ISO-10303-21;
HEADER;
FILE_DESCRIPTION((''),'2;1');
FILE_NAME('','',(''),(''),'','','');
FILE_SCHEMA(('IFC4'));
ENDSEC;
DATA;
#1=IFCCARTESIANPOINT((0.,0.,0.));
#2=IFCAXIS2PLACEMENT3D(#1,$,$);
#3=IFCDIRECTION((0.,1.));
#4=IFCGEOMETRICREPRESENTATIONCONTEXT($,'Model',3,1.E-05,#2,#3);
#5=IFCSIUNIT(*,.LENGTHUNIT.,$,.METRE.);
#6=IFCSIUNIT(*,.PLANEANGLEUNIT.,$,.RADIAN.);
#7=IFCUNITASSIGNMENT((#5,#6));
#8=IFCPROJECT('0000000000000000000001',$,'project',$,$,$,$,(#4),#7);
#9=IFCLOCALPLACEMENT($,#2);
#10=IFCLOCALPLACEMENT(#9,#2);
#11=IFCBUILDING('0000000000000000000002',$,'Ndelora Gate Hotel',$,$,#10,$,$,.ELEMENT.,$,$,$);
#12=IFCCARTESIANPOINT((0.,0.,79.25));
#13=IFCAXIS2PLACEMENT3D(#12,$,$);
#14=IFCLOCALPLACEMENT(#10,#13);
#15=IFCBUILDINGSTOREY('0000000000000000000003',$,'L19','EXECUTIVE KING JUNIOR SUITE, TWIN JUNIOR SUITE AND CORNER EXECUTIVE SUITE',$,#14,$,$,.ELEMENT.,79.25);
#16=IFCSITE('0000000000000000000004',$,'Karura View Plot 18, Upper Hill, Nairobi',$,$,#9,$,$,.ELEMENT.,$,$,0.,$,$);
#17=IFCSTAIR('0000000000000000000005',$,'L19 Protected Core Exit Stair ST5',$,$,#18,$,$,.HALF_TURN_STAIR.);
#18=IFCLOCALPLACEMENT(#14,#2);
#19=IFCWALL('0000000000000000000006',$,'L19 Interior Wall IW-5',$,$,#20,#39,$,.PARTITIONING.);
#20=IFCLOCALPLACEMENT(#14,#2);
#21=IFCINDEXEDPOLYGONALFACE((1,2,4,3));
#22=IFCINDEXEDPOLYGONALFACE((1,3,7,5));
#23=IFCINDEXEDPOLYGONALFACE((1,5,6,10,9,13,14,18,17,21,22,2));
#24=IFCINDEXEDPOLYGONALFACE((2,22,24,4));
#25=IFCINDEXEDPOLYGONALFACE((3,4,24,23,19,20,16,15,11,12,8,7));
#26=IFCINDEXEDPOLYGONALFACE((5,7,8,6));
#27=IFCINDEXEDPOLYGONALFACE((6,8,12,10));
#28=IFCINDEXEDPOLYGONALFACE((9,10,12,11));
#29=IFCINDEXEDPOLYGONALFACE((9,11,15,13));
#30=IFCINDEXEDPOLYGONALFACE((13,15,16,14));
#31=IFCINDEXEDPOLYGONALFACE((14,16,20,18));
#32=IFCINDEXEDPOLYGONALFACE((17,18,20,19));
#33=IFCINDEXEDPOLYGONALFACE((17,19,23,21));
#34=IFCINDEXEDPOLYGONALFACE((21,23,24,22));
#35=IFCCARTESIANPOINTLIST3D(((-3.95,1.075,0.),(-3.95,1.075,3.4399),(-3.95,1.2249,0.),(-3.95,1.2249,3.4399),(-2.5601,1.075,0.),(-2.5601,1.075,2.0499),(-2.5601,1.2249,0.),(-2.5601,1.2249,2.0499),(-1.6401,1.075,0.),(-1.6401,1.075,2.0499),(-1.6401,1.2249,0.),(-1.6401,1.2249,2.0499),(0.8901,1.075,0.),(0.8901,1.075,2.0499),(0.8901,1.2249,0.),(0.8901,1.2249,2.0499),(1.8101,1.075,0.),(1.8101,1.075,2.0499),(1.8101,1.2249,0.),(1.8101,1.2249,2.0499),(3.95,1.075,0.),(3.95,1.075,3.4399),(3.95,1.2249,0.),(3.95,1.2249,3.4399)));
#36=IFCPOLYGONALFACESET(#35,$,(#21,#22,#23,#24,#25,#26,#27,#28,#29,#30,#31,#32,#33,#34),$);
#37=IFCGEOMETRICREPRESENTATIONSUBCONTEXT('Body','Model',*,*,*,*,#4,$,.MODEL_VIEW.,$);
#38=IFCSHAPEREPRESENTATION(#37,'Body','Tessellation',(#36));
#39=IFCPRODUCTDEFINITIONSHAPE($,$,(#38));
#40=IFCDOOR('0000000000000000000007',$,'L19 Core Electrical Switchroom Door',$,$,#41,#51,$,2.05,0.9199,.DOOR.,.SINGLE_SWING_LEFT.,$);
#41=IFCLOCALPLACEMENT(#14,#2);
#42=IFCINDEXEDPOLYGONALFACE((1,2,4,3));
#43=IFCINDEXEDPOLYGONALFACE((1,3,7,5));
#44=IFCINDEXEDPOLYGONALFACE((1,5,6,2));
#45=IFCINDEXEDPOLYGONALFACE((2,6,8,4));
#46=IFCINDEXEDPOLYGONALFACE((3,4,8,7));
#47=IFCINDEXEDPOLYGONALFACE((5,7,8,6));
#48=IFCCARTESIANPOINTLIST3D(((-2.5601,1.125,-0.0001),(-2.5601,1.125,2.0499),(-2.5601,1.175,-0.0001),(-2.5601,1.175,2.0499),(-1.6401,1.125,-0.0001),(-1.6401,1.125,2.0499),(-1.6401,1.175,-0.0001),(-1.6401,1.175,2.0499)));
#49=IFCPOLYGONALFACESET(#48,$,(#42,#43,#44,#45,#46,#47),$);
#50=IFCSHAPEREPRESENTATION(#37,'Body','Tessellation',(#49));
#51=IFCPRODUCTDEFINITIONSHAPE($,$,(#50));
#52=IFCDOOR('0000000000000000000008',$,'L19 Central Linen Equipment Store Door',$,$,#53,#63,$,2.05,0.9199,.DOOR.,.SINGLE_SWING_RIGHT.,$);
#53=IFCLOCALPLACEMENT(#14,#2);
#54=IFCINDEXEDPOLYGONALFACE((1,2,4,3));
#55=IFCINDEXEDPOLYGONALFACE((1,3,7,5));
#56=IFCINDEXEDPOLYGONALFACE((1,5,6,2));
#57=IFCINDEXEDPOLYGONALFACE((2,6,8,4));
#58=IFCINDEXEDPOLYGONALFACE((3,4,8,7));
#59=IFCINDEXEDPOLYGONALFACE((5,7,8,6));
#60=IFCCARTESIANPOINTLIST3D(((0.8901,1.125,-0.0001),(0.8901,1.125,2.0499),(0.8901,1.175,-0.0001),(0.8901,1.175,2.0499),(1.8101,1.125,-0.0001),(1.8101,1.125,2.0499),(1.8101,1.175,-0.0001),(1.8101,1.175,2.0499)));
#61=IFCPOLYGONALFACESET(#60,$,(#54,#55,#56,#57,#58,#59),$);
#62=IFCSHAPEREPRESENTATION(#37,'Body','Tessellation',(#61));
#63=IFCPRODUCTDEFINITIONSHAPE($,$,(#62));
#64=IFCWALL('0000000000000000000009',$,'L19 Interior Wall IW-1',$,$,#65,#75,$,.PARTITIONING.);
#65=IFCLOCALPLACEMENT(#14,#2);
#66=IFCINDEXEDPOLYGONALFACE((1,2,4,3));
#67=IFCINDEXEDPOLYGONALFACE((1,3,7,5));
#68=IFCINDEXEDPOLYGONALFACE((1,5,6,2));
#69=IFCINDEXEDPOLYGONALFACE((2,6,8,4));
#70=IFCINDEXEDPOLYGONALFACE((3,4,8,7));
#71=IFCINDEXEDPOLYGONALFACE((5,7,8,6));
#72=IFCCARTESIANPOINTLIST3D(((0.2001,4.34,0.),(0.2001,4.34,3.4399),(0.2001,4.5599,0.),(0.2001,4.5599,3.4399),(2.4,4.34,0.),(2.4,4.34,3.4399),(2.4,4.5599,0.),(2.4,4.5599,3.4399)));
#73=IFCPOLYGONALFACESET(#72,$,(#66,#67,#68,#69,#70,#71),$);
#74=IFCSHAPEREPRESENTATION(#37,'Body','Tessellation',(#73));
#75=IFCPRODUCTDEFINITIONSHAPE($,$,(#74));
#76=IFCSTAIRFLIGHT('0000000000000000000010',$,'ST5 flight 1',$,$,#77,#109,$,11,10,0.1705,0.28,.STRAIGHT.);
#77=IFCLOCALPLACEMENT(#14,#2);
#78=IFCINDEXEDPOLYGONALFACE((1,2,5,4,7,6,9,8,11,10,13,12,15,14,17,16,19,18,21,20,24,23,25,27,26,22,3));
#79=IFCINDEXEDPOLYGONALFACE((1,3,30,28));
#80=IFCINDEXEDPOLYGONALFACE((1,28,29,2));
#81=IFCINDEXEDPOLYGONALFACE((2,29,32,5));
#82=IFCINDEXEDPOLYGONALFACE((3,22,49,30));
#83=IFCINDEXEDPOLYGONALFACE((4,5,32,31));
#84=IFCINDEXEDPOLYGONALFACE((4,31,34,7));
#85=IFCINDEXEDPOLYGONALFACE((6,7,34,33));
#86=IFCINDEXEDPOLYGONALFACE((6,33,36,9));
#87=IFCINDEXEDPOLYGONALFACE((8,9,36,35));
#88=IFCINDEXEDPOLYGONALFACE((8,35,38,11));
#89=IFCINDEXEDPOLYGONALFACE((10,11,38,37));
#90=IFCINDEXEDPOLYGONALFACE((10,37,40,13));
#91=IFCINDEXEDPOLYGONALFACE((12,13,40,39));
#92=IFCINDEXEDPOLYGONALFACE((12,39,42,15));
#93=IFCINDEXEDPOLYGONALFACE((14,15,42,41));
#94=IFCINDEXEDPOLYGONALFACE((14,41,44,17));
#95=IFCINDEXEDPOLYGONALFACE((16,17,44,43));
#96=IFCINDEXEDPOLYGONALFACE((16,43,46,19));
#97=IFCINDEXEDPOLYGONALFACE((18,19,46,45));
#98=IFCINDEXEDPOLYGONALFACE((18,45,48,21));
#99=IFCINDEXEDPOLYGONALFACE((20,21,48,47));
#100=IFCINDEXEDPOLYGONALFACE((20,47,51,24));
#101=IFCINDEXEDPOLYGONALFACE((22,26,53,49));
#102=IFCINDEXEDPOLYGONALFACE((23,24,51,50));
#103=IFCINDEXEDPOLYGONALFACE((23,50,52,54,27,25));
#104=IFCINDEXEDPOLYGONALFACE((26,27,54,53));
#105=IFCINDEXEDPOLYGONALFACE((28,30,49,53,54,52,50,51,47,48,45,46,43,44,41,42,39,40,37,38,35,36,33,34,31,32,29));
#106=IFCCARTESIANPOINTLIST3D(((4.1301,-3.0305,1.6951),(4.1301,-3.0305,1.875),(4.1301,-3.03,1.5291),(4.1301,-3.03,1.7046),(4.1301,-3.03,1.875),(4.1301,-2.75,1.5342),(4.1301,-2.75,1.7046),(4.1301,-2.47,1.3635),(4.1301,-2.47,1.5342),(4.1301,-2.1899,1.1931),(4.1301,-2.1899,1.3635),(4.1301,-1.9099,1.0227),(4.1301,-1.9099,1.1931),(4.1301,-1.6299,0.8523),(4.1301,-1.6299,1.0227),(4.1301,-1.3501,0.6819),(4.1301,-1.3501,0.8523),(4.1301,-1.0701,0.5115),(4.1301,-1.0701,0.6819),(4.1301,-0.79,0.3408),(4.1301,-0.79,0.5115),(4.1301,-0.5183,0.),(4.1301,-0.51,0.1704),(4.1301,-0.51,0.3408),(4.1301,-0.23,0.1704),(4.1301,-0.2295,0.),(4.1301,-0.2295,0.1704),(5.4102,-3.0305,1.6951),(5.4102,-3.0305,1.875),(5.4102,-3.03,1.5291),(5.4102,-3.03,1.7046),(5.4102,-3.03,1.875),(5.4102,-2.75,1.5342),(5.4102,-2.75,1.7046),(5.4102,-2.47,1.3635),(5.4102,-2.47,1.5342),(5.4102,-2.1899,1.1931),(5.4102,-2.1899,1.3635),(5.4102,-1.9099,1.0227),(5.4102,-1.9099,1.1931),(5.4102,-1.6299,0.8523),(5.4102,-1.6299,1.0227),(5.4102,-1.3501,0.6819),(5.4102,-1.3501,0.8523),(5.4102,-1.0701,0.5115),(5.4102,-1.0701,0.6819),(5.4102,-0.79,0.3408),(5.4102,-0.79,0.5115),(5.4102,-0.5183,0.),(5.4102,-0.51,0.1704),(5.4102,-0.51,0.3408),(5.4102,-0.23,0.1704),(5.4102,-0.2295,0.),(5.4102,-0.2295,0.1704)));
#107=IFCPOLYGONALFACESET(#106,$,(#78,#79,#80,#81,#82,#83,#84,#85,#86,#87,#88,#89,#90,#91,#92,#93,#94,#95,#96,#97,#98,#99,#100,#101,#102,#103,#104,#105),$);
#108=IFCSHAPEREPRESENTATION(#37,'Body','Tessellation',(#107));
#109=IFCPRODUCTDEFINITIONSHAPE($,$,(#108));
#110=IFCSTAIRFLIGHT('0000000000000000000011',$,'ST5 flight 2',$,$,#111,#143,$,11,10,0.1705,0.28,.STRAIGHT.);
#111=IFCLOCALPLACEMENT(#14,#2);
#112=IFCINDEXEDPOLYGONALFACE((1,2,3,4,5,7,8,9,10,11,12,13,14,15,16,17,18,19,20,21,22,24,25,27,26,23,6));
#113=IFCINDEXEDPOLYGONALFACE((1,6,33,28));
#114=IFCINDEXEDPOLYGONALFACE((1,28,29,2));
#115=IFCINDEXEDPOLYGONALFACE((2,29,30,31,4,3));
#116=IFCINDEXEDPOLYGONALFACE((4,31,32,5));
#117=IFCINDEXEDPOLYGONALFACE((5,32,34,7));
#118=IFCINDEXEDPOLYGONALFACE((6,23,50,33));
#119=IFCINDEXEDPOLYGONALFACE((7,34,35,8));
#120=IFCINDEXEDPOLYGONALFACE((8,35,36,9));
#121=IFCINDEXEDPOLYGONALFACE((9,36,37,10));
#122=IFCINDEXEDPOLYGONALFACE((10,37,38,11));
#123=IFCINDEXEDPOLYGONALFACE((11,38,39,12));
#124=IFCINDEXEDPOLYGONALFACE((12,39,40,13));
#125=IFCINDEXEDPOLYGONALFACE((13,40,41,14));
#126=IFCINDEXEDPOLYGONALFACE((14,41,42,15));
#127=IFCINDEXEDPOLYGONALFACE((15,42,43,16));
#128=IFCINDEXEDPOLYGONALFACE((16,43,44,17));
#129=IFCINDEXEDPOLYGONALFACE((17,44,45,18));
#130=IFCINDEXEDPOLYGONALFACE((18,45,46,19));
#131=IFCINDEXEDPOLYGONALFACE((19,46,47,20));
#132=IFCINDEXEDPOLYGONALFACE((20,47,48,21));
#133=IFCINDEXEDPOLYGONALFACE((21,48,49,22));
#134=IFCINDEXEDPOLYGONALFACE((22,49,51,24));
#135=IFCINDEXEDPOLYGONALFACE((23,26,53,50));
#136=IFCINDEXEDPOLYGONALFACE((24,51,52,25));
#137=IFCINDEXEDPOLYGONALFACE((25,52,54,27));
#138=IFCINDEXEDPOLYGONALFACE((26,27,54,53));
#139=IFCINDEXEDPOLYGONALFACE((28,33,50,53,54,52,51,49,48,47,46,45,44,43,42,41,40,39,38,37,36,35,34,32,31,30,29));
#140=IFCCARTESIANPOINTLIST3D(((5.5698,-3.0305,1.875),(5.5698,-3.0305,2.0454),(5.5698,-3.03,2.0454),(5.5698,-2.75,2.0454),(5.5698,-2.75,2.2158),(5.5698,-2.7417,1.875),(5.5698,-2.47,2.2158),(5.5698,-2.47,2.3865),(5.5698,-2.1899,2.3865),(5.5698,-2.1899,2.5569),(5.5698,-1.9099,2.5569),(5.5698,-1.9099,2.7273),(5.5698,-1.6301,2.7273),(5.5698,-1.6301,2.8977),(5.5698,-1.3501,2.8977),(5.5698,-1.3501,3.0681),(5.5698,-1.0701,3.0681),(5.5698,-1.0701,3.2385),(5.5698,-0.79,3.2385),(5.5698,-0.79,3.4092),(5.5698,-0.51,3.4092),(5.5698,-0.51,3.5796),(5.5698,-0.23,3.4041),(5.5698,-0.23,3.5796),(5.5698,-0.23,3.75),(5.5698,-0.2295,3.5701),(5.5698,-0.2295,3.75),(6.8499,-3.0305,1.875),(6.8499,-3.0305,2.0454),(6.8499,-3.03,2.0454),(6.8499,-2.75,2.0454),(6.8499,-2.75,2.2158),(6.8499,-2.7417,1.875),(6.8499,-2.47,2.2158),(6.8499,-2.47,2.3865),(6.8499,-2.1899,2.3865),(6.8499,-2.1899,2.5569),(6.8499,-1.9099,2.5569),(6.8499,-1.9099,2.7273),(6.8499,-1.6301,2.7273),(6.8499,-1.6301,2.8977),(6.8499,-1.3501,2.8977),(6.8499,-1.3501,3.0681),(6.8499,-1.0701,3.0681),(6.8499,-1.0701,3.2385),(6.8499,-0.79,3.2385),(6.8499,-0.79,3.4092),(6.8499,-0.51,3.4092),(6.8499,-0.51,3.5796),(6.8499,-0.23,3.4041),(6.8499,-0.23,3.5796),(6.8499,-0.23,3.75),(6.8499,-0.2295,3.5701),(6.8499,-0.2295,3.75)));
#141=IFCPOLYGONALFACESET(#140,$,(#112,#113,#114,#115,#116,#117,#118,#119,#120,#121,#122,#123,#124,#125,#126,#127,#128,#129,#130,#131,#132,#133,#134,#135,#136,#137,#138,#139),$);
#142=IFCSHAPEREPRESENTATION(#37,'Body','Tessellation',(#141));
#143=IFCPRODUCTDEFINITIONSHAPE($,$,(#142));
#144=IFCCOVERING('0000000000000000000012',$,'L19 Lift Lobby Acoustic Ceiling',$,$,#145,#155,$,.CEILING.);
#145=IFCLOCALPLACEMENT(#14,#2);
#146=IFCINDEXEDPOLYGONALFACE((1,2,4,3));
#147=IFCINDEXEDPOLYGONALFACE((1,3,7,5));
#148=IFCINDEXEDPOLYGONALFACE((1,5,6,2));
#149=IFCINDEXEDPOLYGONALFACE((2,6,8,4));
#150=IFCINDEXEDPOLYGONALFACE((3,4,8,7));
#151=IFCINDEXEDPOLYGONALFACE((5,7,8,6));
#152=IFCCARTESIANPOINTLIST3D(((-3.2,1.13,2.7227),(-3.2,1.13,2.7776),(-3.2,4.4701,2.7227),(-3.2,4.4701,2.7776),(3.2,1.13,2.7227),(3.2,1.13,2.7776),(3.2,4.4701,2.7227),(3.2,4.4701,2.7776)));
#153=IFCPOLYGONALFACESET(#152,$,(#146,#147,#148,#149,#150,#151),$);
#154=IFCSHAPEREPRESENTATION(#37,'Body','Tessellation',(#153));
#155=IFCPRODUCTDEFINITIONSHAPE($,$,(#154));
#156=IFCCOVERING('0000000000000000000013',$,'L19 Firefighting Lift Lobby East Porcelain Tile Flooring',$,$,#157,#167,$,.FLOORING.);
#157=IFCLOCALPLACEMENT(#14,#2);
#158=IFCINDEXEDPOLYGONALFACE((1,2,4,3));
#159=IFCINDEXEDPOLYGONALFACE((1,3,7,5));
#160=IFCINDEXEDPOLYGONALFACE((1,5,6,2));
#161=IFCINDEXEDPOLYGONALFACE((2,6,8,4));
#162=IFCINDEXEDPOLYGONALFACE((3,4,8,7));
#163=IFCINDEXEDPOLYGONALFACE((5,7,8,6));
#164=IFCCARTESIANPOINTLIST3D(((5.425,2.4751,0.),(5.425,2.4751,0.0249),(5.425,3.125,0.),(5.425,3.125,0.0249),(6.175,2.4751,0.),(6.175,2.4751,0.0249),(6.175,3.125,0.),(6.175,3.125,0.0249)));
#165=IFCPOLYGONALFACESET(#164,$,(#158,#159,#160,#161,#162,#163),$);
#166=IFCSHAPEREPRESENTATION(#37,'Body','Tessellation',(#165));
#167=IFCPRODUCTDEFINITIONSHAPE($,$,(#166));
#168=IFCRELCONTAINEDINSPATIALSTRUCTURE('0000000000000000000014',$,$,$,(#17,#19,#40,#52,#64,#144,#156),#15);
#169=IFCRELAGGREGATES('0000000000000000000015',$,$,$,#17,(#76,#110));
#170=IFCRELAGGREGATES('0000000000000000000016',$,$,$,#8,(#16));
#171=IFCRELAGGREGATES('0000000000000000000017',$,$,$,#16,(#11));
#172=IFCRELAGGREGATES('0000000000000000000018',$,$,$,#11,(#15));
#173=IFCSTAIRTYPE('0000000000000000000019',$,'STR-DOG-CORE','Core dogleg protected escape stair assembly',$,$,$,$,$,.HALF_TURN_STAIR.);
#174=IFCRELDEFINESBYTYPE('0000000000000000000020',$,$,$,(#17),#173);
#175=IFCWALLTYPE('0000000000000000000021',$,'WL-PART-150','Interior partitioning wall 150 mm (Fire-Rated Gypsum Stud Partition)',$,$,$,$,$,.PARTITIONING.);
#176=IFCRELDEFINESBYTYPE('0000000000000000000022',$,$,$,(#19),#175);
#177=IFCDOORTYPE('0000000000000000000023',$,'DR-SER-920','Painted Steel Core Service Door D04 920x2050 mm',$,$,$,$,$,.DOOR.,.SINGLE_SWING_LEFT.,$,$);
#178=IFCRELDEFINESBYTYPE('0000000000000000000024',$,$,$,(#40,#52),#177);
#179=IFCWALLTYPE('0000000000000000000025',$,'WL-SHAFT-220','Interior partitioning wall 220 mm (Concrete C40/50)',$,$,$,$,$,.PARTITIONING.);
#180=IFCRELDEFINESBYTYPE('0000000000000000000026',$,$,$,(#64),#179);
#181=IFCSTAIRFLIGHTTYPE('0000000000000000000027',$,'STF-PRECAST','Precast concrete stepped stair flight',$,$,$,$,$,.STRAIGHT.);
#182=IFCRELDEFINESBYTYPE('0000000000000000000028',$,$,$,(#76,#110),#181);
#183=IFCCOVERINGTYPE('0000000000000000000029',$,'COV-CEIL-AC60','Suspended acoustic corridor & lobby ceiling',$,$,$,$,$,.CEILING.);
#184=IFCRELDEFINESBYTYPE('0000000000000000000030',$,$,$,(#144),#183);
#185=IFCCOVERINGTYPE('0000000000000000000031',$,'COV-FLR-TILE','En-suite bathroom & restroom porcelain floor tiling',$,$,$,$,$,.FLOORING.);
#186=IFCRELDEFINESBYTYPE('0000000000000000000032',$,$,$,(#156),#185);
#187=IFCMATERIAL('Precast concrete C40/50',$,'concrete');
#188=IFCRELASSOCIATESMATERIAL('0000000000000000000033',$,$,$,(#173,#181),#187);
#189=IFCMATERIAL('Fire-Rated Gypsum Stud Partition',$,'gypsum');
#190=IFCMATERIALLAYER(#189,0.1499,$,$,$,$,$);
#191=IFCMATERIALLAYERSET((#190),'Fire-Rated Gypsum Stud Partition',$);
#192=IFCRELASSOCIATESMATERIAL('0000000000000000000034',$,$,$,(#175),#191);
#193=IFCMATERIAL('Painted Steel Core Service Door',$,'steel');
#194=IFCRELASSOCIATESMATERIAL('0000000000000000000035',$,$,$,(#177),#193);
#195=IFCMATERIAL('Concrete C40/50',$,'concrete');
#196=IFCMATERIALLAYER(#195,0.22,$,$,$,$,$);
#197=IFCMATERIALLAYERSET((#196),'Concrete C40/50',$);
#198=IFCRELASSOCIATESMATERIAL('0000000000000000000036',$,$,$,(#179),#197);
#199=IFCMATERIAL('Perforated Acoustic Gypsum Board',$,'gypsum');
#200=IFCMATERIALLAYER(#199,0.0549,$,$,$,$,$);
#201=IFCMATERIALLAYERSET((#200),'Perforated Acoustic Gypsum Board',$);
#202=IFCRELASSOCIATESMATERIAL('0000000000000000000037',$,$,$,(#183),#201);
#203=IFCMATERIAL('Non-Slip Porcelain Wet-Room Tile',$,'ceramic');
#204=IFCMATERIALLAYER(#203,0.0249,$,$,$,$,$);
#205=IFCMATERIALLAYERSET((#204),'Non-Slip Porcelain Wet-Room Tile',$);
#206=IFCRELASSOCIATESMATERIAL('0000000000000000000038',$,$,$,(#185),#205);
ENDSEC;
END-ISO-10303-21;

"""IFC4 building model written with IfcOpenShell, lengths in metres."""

from ifc_helpers import new_model, si_unit, direction, frame, frame_2d, origin, origin_2d, place, context, subcontext, project, spatial, polyline, rectangle, outline, extrude, material, layer, layer_set, type_object, element, fill, aggregate, save


model = new_model("IFC4")

# Units and contexts
model_context = context("Model", 3, precision=1e-05, world=origin(), true_north=direction((0.0, 1.0)))
body_context = subcontext(model_context, "Body", "Model", "MODEL_VIEW")
ifc_project = project(units=[si_unit("LENGTHUNIT", "METRE"), si_unit("PLANEANGLEUNIT", "RADIAN")], contexts=[model_context])

# Site, building, storey
site_placement = place(None, origin())
site = spatial("IfcSite", under=ifc_project, at=site_placement, Name="Karura View Plot 18, Upper Hill, Nairobi", CompositionType="ELEMENT", RefElevation=0.0)
building_placement = place(site_placement, origin())
building = spatial("IfcBuilding", under=site, at=building_placement, Name="Ndelora Gate Hotel", CompositionType="ELEMENT")
storey_placement = place(building_placement, frame((0.0, 0.0, 79.25)))
storey = spatial("IfcBuildingStorey", under=building, at=storey_placement, Name="L19", Description="EXECUTIVE KING JUNIOR SUITE, TWIN JUNIOR SUITE AND CORNER EXECUTIVE SUITE", CompositionType="ELEMENT", Elevation=79.25)

# Stair
ifc_material_1 = material(Name="Precast concrete C40/50", Category="concrete")
stair_type = type_object("IfcStairType", Name="STR-DOG-CORE", Description="Core dogleg protected escape stair assembly", PredefinedType="HALF_TURN_STAIR", material=ifc_material_1)
stair_1_placement = place(storey_placement, origin())
stair_1 = element("IfcStair", 1, at=stair_1_placement, inside=storey, type_object=stair_type, Name="L19 Protected Core Exit Stair ST5", PredefinedType="HALF_TURN_STAIR")

# Shared definitions
ifc_material_2 = material(Name="Concrete C40/50", Category="concrete")

# Wall, openings, doors
ifc_material_3 = material(Name="Fire-Rated Gypsum Stud Partition", Category="gypsum")
ifc_layer_1 = layer(ifc_material_3, 0.1499)
ifc_layer_set_1 = layer_set([ifc_layer_1], Name="Fire-Rated Gypsum Stud Partition")
wall_type_1 = type_object("IfcWallType", Name="WL-PART-150", Description="Interior partitioning wall 150 mm (Fire-Rated Gypsum Stud Partition)", PredefinedType="PARTITIONING", material=ifc_layer_set_1)
wall_1_placement = place(storey_placement, frame((3.95, 1.1499, 0.0), z_axis=(0.0, 0.0, 1.0), x_axis=(-1.0, 0.0, 0.0)))
wall_1 = element("IfcWall", 2, at=wall_1_placement, inside=storey, type_object=wall_type_1, Name="L19 Interior Wall IW-5", PredefinedType="PARTITIONING", context=body_context, shape_type="SweptSolid", body=[
    extrude(rectangle(XDim=7.8999, YDim=0.1499, at=frame_2d((3.95, 0.0))), origin(), (0.0, 0.0, 1.0), 3.4399),
])
opening_1_placement = place(wall_1_placement, frame((5.5901, 0.0, 0.0)))
opening_1 = element("IfcOpeningElement", 3, at=opening_1_placement, cuts=wall_1, PredefinedType="OPENING", context=body_context, shape_type="SweptSolid", body=[
    extrude(rectangle(XDim=0.9199, YDim=2.05, at=frame_2d((0.46, 1.0249))), frame((0.0, 0.085, 0.0), z_axis=(0.0, -1.0, 0.0), x_axis=(1.0, 0.0, 0.0)), (0.0, 0.0, 1.0), 0.1699),
])
opening_2_placement = place(wall_1_placement, frame((2.1399, 0.0, 0.0)))
opening_2 = element("IfcOpeningElement", 4, at=opening_2_placement, cuts=wall_1, PredefinedType="OPENING", context=body_context, shape_type="SweptSolid", body=[
    extrude(rectangle(XDim=0.9199, YDim=2.05, at=frame_2d((0.46, 1.0249))), frame((0.0, 0.085, 0.0), z_axis=(0.0, -1.0, 0.0), x_axis=(1.0, 0.0, 0.0)), (0.0, 0.0, 1.0), 0.1699),
])
ifc_material_4 = material(Name="Painted Steel Core Service Door", Category="steel")
door_type_1 = type_object("IfcDoorType", Name="DR-SER-920", Description="Painted Steel Core Service Door D04 920x2050 mm", OperationType="SINGLE_SWING_LEFT", PredefinedType="DOOR", material=ifc_material_4)
door_1_placement = place(opening_1_placement, origin())
door_1 = element("IfcDoor", 5, at=door_1_placement, inside=storey, type_object=door_type_1, Name="L19 Core Electrical Switchroom Door", OperationType="SINGLE_SWING_LEFT", OverallHeight=2.05, OverallWidth=0.9199, PredefinedType="DOOR", context=body_context, shape_type="SweptSolid", body=[
    extrude(rectangle(XDim=0.9199, YDim=2.05, at=frame_2d((0.46, 1.0249))), frame((0.0, 0.0249, 0.0), z_axis=(0.0, -1.0, 0.0), x_axis=(1.0, 0.0, 0.0)), (0.0, 0.0, 1.0), 0.05),
])
fill(opening_1, door_1)
door_2_placement = place(opening_2_placement, origin())
door_2 = element("IfcDoor", 6, at=door_2_placement, inside=storey, type_object=door_type_1, Name="L19 Central Linen Equipment Store Door", OperationType="SINGLE_SWING_RIGHT", OverallHeight=2.05, OverallWidth=0.9199, PredefinedType="DOOR", context=body_context, shape_type="SweptSolid", body=[
    extrude(rectangle(XDim=0.9199, YDim=2.05, at=frame_2d((0.46, 1.0249))), frame((0.0, 0.0249, 0.0), z_axis=(0.0, -1.0, 0.0), x_axis=(1.0, 0.0, 0.0)), (0.0, 0.0, 1.0), 0.05),
])
fill(opening_2, door_2)

# Wall
ifc_layer_2 = layer(ifc_material_2, 0.22)
ifc_layer_set_2 = layer_set([ifc_layer_2], Name="Concrete C40/50")
wall_type_2 = type_object("IfcWallType", Name="WL-SHAFT-220", Description="Interior partitioning wall 220 mm (Concrete C40/50)", PredefinedType="PARTITIONING", material=ifc_layer_set_2)
wall_2_placement = place(storey_placement, frame((0.2, 4.45, 0.0), z_axis=(0.0, 0.0, 1.0), x_axis=(1.0, 0.0, 0.0)))
element("IfcWall", 7, at=wall_2_placement, inside=storey, type_object=wall_type_2, Name="L19 Interior Wall IW-1", PredefinedType="PARTITIONING", context=body_context, shape_type="SweptSolid", body=[
    extrude(rectangle(XDim=2.2, YDim=0.22, at=frame_2d((1.1001, 0.0))), origin(), (0.0, 0.0, 1.0), 3.4399),
])

# Stair flights
stair_flight_type = type_object("IfcStairFlightType", Name="STF-PRECAST", Description="Precast concrete stepped stair flight", PredefinedType="STRAIGHT", material=ifc_material_1)
stair_flight_1_placement = place(storey_placement, frame((4.77, -0.23, 0.0), z_axis=(0.0, 0.0, 1.0), x_axis=(0.0, -1.0, 0.0)))
stair_flight_1 = element("IfcStairFlight", 8, at=stair_flight_1_placement, type_object=stair_flight_type, Name="ST5 flight 1", NumberOfRisers=11, NumberOfTreads=10, PredefinedType="STRAIGHT", RiserHeight=0.1705, TreadLength=0.28, context=body_context, shape_type="SweptSolid", body=[
    extrude(outline(polyline([(-0.0005, 0.0), (-0.0005, 0.1704), (0.0, 0.1704), (0.28, 0.1704), (0.28, 0.3408), (0.5601, 0.3408), (0.5601, 0.5115), (0.8401, 0.5115), (0.8401, 0.6819), (1.1201, 0.6819), (1.1201, 0.8523), (1.3999, 0.8523), (1.3999, 1.0227), (1.6799, 1.0227), (1.6799, 1.1931), (1.96, 1.1931), (1.96, 1.3635), (2.24, 1.3635), (2.24, 1.5342), (2.52, 1.5342), (2.52, 1.7046), (2.8, 1.7046), (2.8, 1.875), (2.8005, 1.875), (2.8005, 1.6951), (2.8, 1.5291), (0.2883, 0.0), (-0.0005, 0.0)])), frame((0.0, 0.6401, 0.0), z_axis=(0.0, -1.0, 0.0), x_axis=(1.0, 0.0, 0.0)), (0.0, 0.0, 1.0), 1.28),
])
stair_flight_2_placement = place(storey_placement, frame((6.21, -3.03, 1.875), z_axis=(0.0, 0.0, 1.0), x_axis=(0.0, 1.0, 0.0)))
stair_flight_2 = element("IfcStairFlight", 9, at=stair_flight_2_placement, type_object=stair_flight_type, Name="ST5 flight 2", NumberOfRisers=11, NumberOfTreads=10, PredefinedType="STRAIGHT", RiserHeight=0.1705, TreadLength=0.28, context=body_context, shape_type="SweptSolid", body=[
    extrude(outline(polyline([(-0.0005, 0.0), (-0.0005, 0.1704), (0.0, 0.1704), (0.28, 0.1704), (0.28, 0.3408), (0.5601, 0.3408), (0.5601, 0.5115), (0.8401, 0.5115), (0.8401, 0.6819), (1.1201, 0.6819), (1.1201, 0.8523), (1.3999, 0.8523), (1.3999, 1.0227), (1.6799, 1.0227), (1.6799, 1.1931), (1.96, 1.1931), (1.96, 1.3635), (2.24, 1.3635), (2.24, 1.5342), (2.52, 1.5342), (2.52, 1.7046), (2.8, 1.7046), (2.8, 1.875), (2.8005, 1.875), (2.8005, 1.6951), (2.8, 1.5291), (0.2883, 0.0), (-0.0005, 0.0)])), frame((0.0, 0.6401, 0.0), z_axis=(0.0, -1.0, 0.0), x_axis=(1.0, 0.0, 0.0)), (0.0, 0.0, 1.0), 1.28),
])
aggregate(stair_1, [stair_flight_1, stair_flight_2])

# Coverings
ifc_material_5 = material(Name="Perforated Acoustic Gypsum Board", Category="gypsum")
ifc_layer_3 = layer(ifc_material_5, 0.0549)
ifc_layer_set_3 = layer_set([ifc_layer_3], Name="Perforated Acoustic Gypsum Board")
covering_type_1 = type_object("IfcCoveringType", Name="COV-CEIL-AC60", Description="Suspended acoustic corridor & lobby ceiling", PredefinedType="CEILING", material=ifc_layer_set_3)
covering_placement = place(storey_placement, frame((0.0, 2.8, 2.7227), z_axis=(0.0, 0.0, 1.0), x_axis=(1.0, 0.0, 0.0)))
element("IfcCovering", 10, at=covering_placement, inside=storey, type_object=covering_type_1, Name="L19 Lift Lobby Acoustic Ceiling", PredefinedType="CEILING", context=body_context, shape_type="SweptSolid", body=[
    extrude(rectangle(XDim=6.3999, YDim=3.3401, at=origin_2d()), origin(), (0.0, 0.0, 1.0), 0.0549),
])
ifc_material_6 = material(Name="Non-Slip Porcelain Wet-Room Tile", Category="ceramic")
ifc_layer_4 = layer(ifc_material_6, 0.0249)
ifc_layer_set_4 = layer_set([ifc_layer_4], Name="Non-Slip Porcelain Wet-Room Tile")
covering_type_2 = type_object("IfcCoveringType", Name="COV-FLR-TILE", Description="En-suite bathroom & restroom porcelain floor tiling", PredefinedType="FLOORING", material=ifc_layer_set_4)
for number, where, z_axis, x_axis, name in (
    (11, (5.8, 2.8, 0.0), (0.0, 0.0, 1.0), (1.0, 0.0, 0.0), "L19 Firefighting Lift Lobby East Porcelain Tile Flooring"),
):
    element("IfcCovering", number, at=place(storey_placement, frame(where, z_axis=z_axis, x_axis=x_axis)), inside=storey, type_object=covering_type_2, Name=name, PredefinedType="FLOORING", context=body_context, shape_type="SweptSolid", body=[
        extrude(rectangle(XDim=0.75, YDim=0.6499, at=origin_2d()), origin(), (0.0, 0.0, 1.0), 0.0249),
    ])

save(model, "model.ifc")
